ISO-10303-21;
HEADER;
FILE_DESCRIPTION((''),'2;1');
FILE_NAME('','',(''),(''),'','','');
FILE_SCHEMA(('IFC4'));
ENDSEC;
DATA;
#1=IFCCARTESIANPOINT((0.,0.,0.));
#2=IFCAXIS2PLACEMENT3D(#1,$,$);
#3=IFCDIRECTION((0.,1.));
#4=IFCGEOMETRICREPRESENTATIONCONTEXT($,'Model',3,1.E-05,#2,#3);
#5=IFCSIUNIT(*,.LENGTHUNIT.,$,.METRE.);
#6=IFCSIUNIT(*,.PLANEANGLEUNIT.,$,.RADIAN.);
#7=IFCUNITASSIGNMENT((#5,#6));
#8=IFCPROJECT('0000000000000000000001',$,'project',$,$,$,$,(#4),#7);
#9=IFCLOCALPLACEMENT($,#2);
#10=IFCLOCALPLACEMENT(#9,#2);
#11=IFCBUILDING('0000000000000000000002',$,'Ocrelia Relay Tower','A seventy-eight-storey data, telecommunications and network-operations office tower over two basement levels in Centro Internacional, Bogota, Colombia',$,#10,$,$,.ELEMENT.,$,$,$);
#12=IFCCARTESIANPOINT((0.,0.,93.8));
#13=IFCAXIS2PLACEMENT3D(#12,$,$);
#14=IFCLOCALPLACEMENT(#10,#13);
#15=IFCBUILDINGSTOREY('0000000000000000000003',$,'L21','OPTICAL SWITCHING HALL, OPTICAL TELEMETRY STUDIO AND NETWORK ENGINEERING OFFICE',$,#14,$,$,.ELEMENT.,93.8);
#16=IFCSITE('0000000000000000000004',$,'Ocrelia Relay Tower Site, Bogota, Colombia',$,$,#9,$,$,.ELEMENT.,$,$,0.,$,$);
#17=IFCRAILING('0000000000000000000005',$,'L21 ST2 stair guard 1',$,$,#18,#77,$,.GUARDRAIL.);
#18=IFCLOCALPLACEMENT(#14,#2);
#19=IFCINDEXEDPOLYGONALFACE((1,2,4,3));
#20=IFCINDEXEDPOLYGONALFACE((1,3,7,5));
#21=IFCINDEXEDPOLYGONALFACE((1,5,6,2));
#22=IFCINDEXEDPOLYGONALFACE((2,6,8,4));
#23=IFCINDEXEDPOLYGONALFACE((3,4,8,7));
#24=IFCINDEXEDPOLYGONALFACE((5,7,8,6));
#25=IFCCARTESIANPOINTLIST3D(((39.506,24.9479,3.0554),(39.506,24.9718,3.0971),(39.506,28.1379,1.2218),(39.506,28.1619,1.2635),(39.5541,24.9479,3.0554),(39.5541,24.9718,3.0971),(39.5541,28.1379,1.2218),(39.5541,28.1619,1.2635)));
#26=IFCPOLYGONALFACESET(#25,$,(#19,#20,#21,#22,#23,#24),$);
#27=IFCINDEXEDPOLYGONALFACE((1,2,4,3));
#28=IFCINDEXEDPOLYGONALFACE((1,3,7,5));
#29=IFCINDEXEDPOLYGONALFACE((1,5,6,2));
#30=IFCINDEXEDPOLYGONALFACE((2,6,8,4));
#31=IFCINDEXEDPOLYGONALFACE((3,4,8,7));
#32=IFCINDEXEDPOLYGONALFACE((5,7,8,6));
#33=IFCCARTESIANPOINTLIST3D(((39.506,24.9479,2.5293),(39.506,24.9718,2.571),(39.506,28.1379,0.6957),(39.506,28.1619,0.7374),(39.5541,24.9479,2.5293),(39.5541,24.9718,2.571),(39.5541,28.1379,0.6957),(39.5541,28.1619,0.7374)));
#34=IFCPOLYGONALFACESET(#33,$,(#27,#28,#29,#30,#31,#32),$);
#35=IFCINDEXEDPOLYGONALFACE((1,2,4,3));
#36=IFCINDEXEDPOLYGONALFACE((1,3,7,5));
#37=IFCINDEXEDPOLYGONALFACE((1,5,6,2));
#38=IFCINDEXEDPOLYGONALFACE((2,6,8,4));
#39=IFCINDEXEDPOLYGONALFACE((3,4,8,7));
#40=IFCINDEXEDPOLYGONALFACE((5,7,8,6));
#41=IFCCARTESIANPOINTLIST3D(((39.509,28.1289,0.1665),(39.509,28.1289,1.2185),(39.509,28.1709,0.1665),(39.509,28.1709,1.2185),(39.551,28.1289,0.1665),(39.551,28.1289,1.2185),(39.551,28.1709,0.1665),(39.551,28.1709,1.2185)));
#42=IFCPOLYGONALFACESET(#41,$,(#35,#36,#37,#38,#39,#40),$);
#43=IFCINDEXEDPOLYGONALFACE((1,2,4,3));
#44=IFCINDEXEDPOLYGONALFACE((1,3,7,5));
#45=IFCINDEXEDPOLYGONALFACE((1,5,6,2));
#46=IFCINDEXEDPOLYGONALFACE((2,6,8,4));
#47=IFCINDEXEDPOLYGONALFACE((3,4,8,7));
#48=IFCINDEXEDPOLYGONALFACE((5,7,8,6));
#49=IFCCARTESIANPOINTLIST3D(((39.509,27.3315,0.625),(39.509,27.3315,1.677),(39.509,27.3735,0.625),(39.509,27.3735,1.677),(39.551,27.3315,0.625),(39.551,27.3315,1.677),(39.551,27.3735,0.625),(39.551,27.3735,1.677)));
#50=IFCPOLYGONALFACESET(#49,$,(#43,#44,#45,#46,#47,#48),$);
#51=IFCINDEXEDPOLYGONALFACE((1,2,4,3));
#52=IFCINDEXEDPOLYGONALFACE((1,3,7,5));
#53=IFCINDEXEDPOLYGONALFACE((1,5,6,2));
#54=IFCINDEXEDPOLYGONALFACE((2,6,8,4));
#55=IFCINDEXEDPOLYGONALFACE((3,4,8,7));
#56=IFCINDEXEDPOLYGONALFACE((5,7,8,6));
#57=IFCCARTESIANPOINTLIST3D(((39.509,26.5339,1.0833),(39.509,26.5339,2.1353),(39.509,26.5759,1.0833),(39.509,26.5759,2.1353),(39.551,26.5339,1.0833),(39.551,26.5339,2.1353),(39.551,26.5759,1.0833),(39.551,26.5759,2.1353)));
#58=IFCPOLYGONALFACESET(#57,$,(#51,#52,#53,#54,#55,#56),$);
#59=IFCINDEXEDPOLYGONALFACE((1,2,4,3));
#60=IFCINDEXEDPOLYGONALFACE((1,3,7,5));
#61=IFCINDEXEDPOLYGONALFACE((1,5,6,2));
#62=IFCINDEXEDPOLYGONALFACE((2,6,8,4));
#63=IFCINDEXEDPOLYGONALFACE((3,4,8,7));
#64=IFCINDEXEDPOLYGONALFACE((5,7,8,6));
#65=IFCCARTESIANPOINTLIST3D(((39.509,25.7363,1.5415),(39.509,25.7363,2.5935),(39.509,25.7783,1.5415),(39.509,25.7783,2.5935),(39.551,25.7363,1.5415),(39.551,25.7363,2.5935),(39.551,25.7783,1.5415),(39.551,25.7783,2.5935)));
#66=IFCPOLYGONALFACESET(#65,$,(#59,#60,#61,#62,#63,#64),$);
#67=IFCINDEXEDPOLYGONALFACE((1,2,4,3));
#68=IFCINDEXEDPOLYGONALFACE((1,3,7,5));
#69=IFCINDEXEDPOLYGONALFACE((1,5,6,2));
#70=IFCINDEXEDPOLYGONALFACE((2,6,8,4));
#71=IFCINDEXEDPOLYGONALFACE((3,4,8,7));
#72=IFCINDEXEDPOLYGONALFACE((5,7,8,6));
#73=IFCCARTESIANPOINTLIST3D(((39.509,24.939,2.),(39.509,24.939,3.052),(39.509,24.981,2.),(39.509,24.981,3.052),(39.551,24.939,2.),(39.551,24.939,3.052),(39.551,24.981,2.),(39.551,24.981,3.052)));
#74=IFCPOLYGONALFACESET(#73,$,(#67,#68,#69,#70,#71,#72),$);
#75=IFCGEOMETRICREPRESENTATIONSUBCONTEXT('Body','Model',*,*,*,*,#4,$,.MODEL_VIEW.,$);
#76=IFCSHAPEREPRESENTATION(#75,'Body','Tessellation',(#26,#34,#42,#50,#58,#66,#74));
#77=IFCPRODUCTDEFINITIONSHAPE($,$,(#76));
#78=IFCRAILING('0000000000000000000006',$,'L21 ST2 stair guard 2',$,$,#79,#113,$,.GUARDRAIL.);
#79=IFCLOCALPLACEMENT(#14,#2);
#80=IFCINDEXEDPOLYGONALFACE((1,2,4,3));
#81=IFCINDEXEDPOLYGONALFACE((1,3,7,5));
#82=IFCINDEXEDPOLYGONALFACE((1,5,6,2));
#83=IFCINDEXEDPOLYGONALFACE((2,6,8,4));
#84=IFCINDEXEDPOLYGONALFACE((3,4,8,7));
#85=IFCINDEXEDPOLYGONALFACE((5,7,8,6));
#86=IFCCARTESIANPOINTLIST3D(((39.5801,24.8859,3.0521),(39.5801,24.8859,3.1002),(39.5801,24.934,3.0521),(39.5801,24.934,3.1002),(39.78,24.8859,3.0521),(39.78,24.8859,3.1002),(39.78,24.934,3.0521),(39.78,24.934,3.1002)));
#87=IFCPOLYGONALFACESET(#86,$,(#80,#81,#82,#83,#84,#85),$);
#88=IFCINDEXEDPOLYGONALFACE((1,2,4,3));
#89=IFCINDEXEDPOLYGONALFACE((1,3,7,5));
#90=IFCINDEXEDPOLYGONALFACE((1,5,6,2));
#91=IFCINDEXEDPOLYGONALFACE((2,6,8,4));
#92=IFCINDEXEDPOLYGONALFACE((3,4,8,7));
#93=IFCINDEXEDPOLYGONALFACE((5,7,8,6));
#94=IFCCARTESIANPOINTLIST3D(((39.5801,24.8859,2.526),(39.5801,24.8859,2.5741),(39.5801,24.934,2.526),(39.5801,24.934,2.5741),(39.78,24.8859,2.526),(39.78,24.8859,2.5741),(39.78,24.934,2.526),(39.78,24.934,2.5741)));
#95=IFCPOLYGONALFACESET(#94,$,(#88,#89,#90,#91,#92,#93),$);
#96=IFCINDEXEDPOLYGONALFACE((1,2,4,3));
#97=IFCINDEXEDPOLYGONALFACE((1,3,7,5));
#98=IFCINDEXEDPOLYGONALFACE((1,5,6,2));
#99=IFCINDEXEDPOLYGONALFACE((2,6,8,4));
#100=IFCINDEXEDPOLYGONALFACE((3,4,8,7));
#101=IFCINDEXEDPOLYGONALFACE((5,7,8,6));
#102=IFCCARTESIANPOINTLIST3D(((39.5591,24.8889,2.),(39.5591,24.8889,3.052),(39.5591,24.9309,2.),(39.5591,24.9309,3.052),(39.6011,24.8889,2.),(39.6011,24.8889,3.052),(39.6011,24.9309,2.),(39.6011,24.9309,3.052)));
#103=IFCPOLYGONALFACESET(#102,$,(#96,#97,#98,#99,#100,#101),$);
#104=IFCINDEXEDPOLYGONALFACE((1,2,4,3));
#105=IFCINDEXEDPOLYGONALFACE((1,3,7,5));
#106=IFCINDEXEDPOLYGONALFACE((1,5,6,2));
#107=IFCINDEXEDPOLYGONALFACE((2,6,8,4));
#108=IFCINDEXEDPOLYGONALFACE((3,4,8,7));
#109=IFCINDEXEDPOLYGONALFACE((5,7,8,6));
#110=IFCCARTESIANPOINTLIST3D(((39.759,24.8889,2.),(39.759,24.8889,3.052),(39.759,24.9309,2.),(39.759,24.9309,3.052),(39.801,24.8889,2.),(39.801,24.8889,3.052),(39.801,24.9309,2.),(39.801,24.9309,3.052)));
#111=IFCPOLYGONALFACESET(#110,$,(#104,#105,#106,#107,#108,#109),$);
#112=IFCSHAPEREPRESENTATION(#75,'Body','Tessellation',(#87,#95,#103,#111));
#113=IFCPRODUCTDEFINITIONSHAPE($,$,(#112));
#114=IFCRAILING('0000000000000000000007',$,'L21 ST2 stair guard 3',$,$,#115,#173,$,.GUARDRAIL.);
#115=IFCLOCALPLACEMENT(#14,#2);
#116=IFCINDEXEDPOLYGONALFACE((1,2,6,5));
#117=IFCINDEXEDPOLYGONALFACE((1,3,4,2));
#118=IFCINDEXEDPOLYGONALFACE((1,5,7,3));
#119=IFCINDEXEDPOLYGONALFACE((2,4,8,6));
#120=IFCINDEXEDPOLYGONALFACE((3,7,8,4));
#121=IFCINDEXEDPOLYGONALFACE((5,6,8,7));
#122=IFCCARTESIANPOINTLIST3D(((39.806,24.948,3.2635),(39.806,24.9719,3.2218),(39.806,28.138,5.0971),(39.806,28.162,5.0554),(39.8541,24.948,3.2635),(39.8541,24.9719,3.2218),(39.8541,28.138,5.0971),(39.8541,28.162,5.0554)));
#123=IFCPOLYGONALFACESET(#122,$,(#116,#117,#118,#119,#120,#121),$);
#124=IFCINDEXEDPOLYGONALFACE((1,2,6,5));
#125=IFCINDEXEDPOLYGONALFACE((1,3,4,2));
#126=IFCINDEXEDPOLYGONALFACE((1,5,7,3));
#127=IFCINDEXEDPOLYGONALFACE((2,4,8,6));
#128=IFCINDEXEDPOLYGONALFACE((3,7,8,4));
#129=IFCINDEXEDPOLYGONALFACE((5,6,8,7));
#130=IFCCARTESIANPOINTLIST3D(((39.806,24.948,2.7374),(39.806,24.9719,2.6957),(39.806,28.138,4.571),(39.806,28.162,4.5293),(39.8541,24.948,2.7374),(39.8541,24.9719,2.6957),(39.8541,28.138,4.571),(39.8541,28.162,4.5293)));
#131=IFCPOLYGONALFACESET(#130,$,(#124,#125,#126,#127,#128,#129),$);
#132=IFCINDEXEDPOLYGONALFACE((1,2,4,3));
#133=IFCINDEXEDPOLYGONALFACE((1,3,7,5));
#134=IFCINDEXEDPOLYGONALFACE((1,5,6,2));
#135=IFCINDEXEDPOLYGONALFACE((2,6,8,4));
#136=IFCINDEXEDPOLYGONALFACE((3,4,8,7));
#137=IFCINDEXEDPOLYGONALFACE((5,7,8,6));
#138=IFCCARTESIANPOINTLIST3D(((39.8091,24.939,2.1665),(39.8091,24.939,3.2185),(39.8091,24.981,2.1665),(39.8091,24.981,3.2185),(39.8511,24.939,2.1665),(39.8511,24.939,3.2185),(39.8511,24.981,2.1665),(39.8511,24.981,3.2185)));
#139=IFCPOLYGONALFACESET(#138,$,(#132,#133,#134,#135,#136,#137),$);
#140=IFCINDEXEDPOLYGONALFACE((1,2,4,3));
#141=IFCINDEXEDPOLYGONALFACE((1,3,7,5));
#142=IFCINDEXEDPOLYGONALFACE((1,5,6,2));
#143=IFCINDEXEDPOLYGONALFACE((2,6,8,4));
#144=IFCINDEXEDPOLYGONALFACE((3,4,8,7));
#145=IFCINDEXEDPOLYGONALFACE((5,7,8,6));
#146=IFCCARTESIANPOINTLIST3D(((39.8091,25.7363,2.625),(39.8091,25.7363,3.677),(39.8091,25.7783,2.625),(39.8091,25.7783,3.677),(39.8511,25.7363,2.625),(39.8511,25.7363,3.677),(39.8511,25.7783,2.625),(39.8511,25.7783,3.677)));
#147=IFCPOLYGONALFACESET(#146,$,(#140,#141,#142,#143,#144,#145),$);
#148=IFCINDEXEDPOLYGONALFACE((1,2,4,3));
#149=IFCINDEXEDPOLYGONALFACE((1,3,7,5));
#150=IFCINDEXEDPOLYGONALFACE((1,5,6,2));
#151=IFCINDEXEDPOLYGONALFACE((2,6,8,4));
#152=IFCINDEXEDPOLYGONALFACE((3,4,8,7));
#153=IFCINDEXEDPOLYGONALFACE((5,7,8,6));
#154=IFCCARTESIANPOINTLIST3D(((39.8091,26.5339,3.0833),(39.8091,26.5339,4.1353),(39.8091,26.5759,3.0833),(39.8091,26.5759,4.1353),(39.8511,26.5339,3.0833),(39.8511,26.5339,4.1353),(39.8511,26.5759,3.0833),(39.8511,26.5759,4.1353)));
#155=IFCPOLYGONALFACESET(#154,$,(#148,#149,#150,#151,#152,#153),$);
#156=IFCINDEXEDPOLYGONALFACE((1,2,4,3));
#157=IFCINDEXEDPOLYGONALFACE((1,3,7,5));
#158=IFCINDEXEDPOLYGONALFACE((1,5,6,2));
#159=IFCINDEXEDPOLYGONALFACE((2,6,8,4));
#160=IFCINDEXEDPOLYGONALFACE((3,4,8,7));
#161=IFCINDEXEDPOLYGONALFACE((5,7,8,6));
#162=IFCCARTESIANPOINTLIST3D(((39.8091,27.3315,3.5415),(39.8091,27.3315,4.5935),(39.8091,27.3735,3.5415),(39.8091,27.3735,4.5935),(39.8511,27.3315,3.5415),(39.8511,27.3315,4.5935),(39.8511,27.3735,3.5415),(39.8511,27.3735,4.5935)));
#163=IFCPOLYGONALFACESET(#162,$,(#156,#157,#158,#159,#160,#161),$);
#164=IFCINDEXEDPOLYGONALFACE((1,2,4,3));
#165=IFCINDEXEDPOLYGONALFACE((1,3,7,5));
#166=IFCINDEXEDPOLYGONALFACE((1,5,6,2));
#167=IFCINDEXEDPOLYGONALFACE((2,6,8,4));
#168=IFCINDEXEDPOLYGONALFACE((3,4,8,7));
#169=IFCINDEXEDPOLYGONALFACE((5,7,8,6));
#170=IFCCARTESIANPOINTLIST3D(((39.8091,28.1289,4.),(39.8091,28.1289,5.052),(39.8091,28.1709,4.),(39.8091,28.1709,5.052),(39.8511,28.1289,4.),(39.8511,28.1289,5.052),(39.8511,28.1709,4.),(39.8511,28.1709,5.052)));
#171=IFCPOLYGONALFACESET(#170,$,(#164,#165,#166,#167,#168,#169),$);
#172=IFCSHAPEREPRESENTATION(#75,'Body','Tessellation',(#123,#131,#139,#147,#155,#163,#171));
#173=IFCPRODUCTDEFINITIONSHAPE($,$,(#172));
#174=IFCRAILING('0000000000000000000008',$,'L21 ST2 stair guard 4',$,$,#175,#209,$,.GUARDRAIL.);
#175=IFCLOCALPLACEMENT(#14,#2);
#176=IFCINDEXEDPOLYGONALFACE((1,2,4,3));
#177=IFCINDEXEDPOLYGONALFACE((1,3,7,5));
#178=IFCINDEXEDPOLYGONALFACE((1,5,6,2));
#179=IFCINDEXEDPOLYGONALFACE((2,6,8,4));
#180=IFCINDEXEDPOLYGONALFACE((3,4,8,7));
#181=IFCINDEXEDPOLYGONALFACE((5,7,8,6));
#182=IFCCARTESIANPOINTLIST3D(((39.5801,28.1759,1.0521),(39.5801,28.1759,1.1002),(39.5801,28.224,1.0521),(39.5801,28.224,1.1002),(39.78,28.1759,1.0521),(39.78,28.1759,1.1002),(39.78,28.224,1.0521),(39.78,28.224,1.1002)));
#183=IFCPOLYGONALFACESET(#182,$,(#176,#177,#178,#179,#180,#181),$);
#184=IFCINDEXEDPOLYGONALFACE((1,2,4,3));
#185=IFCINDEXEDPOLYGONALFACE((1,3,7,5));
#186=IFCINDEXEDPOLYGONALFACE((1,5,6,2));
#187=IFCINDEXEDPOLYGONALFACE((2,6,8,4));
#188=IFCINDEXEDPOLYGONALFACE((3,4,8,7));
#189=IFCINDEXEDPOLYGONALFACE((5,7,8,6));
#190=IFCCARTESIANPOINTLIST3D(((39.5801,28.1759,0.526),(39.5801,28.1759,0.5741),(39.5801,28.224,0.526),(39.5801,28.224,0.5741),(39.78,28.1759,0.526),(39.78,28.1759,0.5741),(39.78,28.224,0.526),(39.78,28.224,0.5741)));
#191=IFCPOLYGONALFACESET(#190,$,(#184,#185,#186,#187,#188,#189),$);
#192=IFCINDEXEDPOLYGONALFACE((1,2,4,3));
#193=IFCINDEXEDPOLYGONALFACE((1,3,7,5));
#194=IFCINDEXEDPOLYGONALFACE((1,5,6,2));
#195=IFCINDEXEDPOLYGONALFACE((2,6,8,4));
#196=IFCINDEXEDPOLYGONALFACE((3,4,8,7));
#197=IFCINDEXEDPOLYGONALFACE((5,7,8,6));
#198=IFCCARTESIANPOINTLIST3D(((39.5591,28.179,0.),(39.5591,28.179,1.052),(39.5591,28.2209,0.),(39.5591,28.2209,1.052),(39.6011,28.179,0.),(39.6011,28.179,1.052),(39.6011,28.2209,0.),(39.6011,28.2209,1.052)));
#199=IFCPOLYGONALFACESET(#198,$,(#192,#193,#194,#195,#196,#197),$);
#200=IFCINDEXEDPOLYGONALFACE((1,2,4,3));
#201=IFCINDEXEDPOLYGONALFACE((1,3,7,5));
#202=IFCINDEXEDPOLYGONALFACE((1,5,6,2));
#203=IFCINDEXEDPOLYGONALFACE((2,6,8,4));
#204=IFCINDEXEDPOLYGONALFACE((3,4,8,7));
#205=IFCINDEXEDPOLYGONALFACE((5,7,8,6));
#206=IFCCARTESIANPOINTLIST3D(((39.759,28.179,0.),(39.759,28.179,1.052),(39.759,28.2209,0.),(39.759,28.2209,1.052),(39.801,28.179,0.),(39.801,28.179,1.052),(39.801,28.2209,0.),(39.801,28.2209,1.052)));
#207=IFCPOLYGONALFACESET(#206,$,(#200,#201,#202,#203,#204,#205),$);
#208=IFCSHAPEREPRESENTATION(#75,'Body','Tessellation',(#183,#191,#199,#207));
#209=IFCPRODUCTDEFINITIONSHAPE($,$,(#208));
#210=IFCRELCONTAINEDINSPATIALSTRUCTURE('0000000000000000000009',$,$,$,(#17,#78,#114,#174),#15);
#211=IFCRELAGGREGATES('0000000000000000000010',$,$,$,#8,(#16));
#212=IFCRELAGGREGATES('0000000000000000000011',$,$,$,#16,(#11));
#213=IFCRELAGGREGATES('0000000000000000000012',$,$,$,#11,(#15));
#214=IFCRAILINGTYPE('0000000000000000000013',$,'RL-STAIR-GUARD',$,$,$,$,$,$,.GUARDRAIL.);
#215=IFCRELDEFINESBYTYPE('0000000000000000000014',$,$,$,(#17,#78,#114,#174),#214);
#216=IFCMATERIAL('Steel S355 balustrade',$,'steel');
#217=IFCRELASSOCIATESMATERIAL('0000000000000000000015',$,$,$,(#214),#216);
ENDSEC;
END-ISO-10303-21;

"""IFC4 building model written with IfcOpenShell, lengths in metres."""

from ifc_helpers import new_model, si_unit, direction, frame, origin, origin_2d, place, context, subcontext, project, spatial, rectangle, extrude, material, type_object, element, save


model = new_model("IFC4")

# Units and contexts
model_context = context("Model", 3, precision=1e-05, world=origin(), true_north=direction((0.0, 1.0)))
body_context = subcontext(model_context, "Body", "Model", "MODEL_VIEW")
ifc_project = project(units=[si_unit("LENGTHUNIT", "METRE"), si_unit("PLANEANGLEUNIT", "RADIAN")], contexts=[model_context])

# Site, building, storey
site_placement = place(None, origin())
site = spatial("IfcSite", under=ifc_project, at=site_placement, Name="Ocrelia Relay Tower Site, Bogota, Colombia", CompositionType="ELEMENT", RefElevation=0.0)
building_placement = place(site_placement, origin())
building = spatial("IfcBuilding", under=site, at=building_placement, Name="Ocrelia Relay Tower", Description="A seventy-eight-storey data, telecommunications and network-operations office tower over two basement levels in Centro Internacional, Bogota, Colombia", CompositionType="ELEMENT")
storey_placement = place(building_placement, frame((0.0, 0.0, 93.8)))
storey = spatial("IfcBuildingStorey", under=building, at=storey_placement, Name="L21", Description="OPTICAL SWITCHING HALL, OPTICAL TELEMETRY STUDIO AND NETWORK ENGINEERING OFFICE", CompositionType="ELEMENT", Elevation=93.8)

# Railings
ifc_material_1 = material(Name="Steel S355 balustrade", Category="steel")
railing_type_1 = type_object("IfcRailingType", Name="RL-STAIR-GUARD", PredefinedType="GUARDRAIL", material=ifc_material_1)
railing_1_placement = place(storey_placement, frame((39.53, 28.1499, 0.1665)))
element("IfcRailing", 1, at=railing_1_placement, inside=storey, type_object=railing_type_1, Name="L21 ST2 stair guard 1", PredefinedType="GUARDRAIL", context=body_context, shape_type="SweptSolid", body=[
    extrude(rectangle(XDim=0.0481, YDim=0.0481, at=origin_2d()), frame((0.0, 0.0, 1.0762), z_axis=(0.0, -0.866991, 0.498324), x_axis=(1.0, 0.0, 0.0)), (0.0, 0.0, 1.0), 3.6794),
    extrude(rectangle(XDim=0.0481, YDim=0.0481, at=origin_2d()), frame((0.0, 0.0, 0.55), z_axis=(0.0, -0.866991, 0.498324), x_axis=(1.0, 0.0, 0.0)), (0.0, 0.0, 1.0), 3.6794),
    extrude(rectangle(XDim=0.042, YDim=0.042, at=origin_2d()), origin(), (0.0, 0.0, 1.0), 1.052),
    extrude(rectangle(XDim=0.042, YDim=0.042, at=origin_2d()), frame((0.0, -0.7974, 0.4585)), (0.0, 0.0, 1.0), 1.052),
    extrude(rectangle(XDim=0.042, YDim=0.042, at=origin_2d()), frame((0.0, -1.595, 0.9167)), (0.0, 0.0, 1.0), 1.052),
    extrude(rectangle(XDim=0.042, YDim=0.042, at=origin_2d()), frame((0.0, -2.3926, 1.375)), (0.0, 0.0, 1.0), 1.052),
    extrude(rectangle(XDim=0.042, YDim=0.042, at=origin_2d()), frame((0.0, -3.1899, 1.8335)), (0.0, 0.0, 1.0), 1.052),
])
railing_2_placement = place(storey_placement, frame((39.5801, 24.9099, 2.0)))
element("IfcRailing", 2, at=railing_2_placement, inside=storey, type_object=railing_type_1, Name="L21 ST2 stair guard 2", PredefinedType="GUARDRAIL", context=body_context, shape_type="SweptSolid", body=[
    extrude(rectangle(XDim=0.0481, YDim=0.0481, at=origin_2d()), frame((0.0, 0.0, 1.0762), z_axis=(1.0, 0.0, 0.0), x_axis=(0.0, 1.0, 0.0)), (0.0, 0.0, 1.0), 0.2),
    extrude(rectangle(XDim=0.0481, YDim=0.0481, at=origin_2d()), frame((0.0, 0.0, 0.55), z_axis=(1.0, 0.0, 0.0), x_axis=(0.0, 1.0, 0.0)), (0.0, 0.0, 1.0), 0.2),
    extrude(rectangle(XDim=0.042, YDim=0.042, at=origin_2d()), origin(), (0.0, 0.0, 1.0), 1.052),
    extrude(rectangle(XDim=0.042, YDim=0.042, at=origin_2d()), frame((0.2, 0.0, 0.0)), (0.0, 0.0, 1.0), 1.052),
])
railing_3_placement = place(storey_placement, frame((39.8301, 24.96, 2.1665)))
element("IfcRailing", 3, at=railing_3_placement, inside=storey, type_object=railing_type_1, Name="L21 ST2 stair guard 3", PredefinedType="GUARDRAIL", context=body_context, shape_type="SweptSolid", body=[
    extrude(rectangle(XDim=0.0481, YDim=0.0481, at=origin_2d()), frame((0.0, 0.0, 1.0762), z_axis=(0.0, 0.866991, 0.498324), x_axis=(-1.0, 0.0, 0.0)), (0.0, 0.0, 1.0), 3.6794),
    extrude(rectangle(XDim=0.0481, YDim=0.0481, at=origin_2d()), frame((0.0, 0.0, 0.55), z_axis=(0.0, 0.866991, 0.498324), x_axis=(-1.0, 0.0, 0.0)), (0.0, 0.0, 1.0), 3.6794),
    extrude(rectangle(XDim=0.042, YDim=0.042, at=origin_2d()), origin(), (0.0, 0.0, 1.0), 1.052),
    extrude(rectangle(XDim=0.042, YDim=0.042, at=origin_2d()), frame((0.0, 0.7974, 0.4585)), (0.0, 0.0, 1.0), 1.052),
    extrude(rectangle(XDim=0.042, YDim=0.042, at=origin_2d()), frame((0.0, 1.595, 0.9167)), (0.0, 0.0, 1.0), 1.052),
    extrude(rectangle(XDim=0.042, YDim=0.042, at=origin_2d()), frame((0.0, 2.3926, 1.375)), (0.0, 0.0, 1.0), 1.052),
    extrude(rectangle(XDim=0.042, YDim=0.042, at=origin_2d()), frame((0.0, 3.1899, 1.8335)), (0.0, 0.0, 1.0), 1.052),
])
railing_4_placement = place(storey_placement, frame((39.5801, 28.2, 0.0)))
element("IfcRailing", 4, at=railing_4_placement, inside=storey, type_object=railing_type_1, Name="L21 ST2 stair guard 4", PredefinedType="GUARDRAIL", context=body_context, shape_type="SweptSolid", body=[
    extrude(rectangle(XDim=0.0481, YDim=0.0481, at=origin_2d()), frame((0.0, 0.0, 1.0762), z_axis=(1.0, 0.0, 0.0), x_axis=(0.0, 1.0, 0.0)), (0.0, 0.0, 1.0), 0.2),
    extrude(rectangle(XDim=0.0481, YDim=0.0481, at=origin_2d()), frame((0.0, 0.0, 0.55), z_axis=(1.0, 0.0, 0.0), x_axis=(0.0, 1.0, 0.0)), (0.0, 0.0, 1.0), 0.2),
    extrude(rectangle(XDim=0.042, YDim=0.042, at=origin_2d()), origin(), (0.0, 0.0, 1.0), 1.052),
    extrude(rectangle(XDim=0.042, YDim=0.042, at=origin_2d()), frame((0.2, 0.0, 0.0)), (0.0, 0.0, 1.0), 1.052),
])

save(model, "model.ifc")
